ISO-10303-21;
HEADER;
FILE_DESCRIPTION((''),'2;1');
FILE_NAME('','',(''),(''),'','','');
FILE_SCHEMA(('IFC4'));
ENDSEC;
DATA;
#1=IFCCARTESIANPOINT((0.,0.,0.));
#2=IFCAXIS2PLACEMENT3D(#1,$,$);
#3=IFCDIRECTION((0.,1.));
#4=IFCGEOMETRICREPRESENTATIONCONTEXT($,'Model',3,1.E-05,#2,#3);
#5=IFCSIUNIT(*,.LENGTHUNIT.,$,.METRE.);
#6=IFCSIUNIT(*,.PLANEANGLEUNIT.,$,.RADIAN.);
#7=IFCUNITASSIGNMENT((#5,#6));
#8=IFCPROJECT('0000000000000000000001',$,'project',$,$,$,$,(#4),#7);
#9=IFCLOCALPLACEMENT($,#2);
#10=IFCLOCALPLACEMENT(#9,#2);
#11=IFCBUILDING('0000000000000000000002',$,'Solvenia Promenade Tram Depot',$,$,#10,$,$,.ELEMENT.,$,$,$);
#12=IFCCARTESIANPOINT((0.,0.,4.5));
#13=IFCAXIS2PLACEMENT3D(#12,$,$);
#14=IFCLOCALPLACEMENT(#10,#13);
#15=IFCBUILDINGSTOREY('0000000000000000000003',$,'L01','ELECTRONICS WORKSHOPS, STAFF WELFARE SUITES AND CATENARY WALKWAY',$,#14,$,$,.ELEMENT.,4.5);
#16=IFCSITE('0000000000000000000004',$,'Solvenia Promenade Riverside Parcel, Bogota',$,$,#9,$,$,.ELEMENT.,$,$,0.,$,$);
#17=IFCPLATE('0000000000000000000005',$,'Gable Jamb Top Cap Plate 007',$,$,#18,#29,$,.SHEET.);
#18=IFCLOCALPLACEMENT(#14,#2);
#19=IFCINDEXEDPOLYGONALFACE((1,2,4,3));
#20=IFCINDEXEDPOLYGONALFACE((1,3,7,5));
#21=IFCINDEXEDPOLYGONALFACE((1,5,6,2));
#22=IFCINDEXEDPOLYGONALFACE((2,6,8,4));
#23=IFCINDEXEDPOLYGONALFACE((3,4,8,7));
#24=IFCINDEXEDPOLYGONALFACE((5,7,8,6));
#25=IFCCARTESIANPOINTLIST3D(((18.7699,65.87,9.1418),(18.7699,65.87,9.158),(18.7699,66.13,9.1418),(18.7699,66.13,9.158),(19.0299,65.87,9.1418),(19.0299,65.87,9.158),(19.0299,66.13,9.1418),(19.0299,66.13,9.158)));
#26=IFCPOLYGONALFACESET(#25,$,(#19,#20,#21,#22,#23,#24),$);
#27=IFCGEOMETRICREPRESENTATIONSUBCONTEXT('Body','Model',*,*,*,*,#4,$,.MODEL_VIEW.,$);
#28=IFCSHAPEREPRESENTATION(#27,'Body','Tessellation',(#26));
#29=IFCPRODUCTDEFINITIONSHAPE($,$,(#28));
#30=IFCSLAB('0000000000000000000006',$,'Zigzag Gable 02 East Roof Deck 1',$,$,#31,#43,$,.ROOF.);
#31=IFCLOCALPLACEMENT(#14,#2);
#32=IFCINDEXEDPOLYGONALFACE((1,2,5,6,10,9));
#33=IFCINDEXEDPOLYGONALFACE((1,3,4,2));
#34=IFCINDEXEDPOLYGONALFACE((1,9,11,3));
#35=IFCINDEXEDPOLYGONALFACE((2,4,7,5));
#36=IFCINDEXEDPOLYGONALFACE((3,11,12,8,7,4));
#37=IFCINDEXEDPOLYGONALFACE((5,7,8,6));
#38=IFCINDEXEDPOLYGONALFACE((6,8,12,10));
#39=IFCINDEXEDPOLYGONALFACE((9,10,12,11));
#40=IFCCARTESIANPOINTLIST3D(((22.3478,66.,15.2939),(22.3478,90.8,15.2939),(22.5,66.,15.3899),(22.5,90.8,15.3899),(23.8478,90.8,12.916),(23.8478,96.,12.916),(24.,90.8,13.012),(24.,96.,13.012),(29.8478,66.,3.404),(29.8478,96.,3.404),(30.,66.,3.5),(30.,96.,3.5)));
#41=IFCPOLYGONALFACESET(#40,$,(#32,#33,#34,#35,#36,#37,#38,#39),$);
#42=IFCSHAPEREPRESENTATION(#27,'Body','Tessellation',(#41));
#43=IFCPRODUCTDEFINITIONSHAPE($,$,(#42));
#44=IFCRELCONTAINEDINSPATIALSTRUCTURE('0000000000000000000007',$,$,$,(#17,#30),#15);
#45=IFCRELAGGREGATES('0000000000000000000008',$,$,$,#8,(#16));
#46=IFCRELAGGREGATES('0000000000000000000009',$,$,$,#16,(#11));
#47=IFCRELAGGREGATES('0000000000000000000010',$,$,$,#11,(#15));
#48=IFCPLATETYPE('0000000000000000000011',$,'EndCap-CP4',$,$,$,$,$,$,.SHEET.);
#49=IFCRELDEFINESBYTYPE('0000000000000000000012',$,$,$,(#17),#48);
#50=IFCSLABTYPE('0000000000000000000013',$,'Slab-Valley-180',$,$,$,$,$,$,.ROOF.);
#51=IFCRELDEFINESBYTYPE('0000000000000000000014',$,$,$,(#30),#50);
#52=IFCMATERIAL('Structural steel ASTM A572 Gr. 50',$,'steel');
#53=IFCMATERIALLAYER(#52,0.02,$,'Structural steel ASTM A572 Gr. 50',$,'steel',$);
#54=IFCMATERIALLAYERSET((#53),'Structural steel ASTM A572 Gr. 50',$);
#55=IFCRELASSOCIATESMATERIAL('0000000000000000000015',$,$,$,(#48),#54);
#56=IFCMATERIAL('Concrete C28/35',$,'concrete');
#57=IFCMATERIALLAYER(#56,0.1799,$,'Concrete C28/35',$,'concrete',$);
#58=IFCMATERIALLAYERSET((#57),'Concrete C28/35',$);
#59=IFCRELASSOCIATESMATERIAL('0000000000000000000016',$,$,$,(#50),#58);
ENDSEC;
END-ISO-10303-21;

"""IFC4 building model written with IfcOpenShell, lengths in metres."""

from ifc_helpers import new_model, si_unit, direction, frame, origin, origin_2d, place, context, subcontext, project, spatial, polyline, rectangle, outline, extrude, material, layer, layer_set, type_object, element, save


model = new_model("IFC4")

# Units and contexts
model_context = context("Model", 3, precision=1e-05, world=origin(), true_north=direction((0.0, 1.0)))
body_context = subcontext(model_context, "Body", "Model", "MODEL_VIEW")
ifc_project = project(units=[si_unit("LENGTHUNIT", "METRE"), si_unit("PLANEANGLEUNIT", "RADIAN")], contexts=[model_context])

# Site, building, storey
site_placement = place(None, origin())
site = spatial("IfcSite", under=ifc_project, at=site_placement, Name="Solvenia Promenade Riverside Parcel, Bogota", CompositionType="ELEMENT", RefElevation=0.0)
building_placement = place(site_placement, origin())
building = spatial("IfcBuilding", under=site, at=building_placement, Name="Solvenia Promenade Tram Depot", CompositionType="ELEMENT")
storey_placement = place(building_placement, frame((0.0, 0.0, 4.5)))
storey = spatial("IfcBuildingStorey", under=building, at=storey_placement, Name="L01", Description="ELECTRONICS WORKSHOPS, STAFF WELFARE SUITES AND CATENARY WALKWAY", CompositionType="ELEMENT", Elevation=4.5)

# Plate
ifc_material_1 = material(Name="Structural steel ASTM A572 Gr. 50", Category="steel")
ifc_layer_1 = layer(ifc_material_1, 0.02, Name="Structural steel ASTM A572 Gr. 50", Category="steel")
ifc_layer_set_1 = layer_set([ifc_layer_1], Name="Structural steel ASTM A572 Gr. 50")
plate_type_1 = type_object("IfcPlateType", Name="EndCap-CP4", PredefinedType="SHEET", material=ifc_layer_set_1)
plate_1_placement = place(storey_placement, frame((18.8999, 66.0, 9.1418), z_axis=(0.0, 0.0, 1.0), x_axis=(1.0, 0.0, 0.0)))
element("IfcPlate", 1, at=plate_1_placement, inside=storey, type_object=plate_type_1, Name="Gable Jamb Top Cap Plate 007", PredefinedType="SHEET", context=body_context, shape_type="SweptSolid", body=[
    extrude(rectangle(XDim=0.26, YDim=0.26, at=origin_2d()), origin(), (0.0, 0.0, 1.0), 0.0161),
])

# Slab
ifc_material_2 = material(Name="Concrete C28/35", Category="concrete")
ifc_layer_2 = layer(ifc_material_2, 0.1799, Name="Concrete C28/35", Category="concrete")
ifc_layer_set_2 = layer_set([ifc_layer_2], Name="Concrete C28/35")
slab_type = type_object("IfcSlabType", Name="Slab-Valley-180", PredefinedType="ROOF", material=ifc_layer_set_2)
slab_placement = place(storey_placement, frame((22.5, 66.0, 15.3899), z_axis=(0.845791, 0.0, 0.533514), x_axis=(0.0, 1.0, 0.0)))
element("IfcSlab", 2, at=slab_placement, inside=storey, type_object=slab_type, Name="Zigzag Gable 02 East Roof Deck 1", PredefinedType="ROOF", context=body_context, shape_type="SweptSolid", body=[
    extrude(outline(polyline([(0.0, 0.0), (24.8, 0.0), (24.8, -2.8115), (30.0, -2.8115), (30.0, -14.0577), (0.0, -14.0577), (0.0, 0.0)])), origin(), (0.0, 0.0, -1.0), 0.1799),
])

save(model, "model.ifc")
